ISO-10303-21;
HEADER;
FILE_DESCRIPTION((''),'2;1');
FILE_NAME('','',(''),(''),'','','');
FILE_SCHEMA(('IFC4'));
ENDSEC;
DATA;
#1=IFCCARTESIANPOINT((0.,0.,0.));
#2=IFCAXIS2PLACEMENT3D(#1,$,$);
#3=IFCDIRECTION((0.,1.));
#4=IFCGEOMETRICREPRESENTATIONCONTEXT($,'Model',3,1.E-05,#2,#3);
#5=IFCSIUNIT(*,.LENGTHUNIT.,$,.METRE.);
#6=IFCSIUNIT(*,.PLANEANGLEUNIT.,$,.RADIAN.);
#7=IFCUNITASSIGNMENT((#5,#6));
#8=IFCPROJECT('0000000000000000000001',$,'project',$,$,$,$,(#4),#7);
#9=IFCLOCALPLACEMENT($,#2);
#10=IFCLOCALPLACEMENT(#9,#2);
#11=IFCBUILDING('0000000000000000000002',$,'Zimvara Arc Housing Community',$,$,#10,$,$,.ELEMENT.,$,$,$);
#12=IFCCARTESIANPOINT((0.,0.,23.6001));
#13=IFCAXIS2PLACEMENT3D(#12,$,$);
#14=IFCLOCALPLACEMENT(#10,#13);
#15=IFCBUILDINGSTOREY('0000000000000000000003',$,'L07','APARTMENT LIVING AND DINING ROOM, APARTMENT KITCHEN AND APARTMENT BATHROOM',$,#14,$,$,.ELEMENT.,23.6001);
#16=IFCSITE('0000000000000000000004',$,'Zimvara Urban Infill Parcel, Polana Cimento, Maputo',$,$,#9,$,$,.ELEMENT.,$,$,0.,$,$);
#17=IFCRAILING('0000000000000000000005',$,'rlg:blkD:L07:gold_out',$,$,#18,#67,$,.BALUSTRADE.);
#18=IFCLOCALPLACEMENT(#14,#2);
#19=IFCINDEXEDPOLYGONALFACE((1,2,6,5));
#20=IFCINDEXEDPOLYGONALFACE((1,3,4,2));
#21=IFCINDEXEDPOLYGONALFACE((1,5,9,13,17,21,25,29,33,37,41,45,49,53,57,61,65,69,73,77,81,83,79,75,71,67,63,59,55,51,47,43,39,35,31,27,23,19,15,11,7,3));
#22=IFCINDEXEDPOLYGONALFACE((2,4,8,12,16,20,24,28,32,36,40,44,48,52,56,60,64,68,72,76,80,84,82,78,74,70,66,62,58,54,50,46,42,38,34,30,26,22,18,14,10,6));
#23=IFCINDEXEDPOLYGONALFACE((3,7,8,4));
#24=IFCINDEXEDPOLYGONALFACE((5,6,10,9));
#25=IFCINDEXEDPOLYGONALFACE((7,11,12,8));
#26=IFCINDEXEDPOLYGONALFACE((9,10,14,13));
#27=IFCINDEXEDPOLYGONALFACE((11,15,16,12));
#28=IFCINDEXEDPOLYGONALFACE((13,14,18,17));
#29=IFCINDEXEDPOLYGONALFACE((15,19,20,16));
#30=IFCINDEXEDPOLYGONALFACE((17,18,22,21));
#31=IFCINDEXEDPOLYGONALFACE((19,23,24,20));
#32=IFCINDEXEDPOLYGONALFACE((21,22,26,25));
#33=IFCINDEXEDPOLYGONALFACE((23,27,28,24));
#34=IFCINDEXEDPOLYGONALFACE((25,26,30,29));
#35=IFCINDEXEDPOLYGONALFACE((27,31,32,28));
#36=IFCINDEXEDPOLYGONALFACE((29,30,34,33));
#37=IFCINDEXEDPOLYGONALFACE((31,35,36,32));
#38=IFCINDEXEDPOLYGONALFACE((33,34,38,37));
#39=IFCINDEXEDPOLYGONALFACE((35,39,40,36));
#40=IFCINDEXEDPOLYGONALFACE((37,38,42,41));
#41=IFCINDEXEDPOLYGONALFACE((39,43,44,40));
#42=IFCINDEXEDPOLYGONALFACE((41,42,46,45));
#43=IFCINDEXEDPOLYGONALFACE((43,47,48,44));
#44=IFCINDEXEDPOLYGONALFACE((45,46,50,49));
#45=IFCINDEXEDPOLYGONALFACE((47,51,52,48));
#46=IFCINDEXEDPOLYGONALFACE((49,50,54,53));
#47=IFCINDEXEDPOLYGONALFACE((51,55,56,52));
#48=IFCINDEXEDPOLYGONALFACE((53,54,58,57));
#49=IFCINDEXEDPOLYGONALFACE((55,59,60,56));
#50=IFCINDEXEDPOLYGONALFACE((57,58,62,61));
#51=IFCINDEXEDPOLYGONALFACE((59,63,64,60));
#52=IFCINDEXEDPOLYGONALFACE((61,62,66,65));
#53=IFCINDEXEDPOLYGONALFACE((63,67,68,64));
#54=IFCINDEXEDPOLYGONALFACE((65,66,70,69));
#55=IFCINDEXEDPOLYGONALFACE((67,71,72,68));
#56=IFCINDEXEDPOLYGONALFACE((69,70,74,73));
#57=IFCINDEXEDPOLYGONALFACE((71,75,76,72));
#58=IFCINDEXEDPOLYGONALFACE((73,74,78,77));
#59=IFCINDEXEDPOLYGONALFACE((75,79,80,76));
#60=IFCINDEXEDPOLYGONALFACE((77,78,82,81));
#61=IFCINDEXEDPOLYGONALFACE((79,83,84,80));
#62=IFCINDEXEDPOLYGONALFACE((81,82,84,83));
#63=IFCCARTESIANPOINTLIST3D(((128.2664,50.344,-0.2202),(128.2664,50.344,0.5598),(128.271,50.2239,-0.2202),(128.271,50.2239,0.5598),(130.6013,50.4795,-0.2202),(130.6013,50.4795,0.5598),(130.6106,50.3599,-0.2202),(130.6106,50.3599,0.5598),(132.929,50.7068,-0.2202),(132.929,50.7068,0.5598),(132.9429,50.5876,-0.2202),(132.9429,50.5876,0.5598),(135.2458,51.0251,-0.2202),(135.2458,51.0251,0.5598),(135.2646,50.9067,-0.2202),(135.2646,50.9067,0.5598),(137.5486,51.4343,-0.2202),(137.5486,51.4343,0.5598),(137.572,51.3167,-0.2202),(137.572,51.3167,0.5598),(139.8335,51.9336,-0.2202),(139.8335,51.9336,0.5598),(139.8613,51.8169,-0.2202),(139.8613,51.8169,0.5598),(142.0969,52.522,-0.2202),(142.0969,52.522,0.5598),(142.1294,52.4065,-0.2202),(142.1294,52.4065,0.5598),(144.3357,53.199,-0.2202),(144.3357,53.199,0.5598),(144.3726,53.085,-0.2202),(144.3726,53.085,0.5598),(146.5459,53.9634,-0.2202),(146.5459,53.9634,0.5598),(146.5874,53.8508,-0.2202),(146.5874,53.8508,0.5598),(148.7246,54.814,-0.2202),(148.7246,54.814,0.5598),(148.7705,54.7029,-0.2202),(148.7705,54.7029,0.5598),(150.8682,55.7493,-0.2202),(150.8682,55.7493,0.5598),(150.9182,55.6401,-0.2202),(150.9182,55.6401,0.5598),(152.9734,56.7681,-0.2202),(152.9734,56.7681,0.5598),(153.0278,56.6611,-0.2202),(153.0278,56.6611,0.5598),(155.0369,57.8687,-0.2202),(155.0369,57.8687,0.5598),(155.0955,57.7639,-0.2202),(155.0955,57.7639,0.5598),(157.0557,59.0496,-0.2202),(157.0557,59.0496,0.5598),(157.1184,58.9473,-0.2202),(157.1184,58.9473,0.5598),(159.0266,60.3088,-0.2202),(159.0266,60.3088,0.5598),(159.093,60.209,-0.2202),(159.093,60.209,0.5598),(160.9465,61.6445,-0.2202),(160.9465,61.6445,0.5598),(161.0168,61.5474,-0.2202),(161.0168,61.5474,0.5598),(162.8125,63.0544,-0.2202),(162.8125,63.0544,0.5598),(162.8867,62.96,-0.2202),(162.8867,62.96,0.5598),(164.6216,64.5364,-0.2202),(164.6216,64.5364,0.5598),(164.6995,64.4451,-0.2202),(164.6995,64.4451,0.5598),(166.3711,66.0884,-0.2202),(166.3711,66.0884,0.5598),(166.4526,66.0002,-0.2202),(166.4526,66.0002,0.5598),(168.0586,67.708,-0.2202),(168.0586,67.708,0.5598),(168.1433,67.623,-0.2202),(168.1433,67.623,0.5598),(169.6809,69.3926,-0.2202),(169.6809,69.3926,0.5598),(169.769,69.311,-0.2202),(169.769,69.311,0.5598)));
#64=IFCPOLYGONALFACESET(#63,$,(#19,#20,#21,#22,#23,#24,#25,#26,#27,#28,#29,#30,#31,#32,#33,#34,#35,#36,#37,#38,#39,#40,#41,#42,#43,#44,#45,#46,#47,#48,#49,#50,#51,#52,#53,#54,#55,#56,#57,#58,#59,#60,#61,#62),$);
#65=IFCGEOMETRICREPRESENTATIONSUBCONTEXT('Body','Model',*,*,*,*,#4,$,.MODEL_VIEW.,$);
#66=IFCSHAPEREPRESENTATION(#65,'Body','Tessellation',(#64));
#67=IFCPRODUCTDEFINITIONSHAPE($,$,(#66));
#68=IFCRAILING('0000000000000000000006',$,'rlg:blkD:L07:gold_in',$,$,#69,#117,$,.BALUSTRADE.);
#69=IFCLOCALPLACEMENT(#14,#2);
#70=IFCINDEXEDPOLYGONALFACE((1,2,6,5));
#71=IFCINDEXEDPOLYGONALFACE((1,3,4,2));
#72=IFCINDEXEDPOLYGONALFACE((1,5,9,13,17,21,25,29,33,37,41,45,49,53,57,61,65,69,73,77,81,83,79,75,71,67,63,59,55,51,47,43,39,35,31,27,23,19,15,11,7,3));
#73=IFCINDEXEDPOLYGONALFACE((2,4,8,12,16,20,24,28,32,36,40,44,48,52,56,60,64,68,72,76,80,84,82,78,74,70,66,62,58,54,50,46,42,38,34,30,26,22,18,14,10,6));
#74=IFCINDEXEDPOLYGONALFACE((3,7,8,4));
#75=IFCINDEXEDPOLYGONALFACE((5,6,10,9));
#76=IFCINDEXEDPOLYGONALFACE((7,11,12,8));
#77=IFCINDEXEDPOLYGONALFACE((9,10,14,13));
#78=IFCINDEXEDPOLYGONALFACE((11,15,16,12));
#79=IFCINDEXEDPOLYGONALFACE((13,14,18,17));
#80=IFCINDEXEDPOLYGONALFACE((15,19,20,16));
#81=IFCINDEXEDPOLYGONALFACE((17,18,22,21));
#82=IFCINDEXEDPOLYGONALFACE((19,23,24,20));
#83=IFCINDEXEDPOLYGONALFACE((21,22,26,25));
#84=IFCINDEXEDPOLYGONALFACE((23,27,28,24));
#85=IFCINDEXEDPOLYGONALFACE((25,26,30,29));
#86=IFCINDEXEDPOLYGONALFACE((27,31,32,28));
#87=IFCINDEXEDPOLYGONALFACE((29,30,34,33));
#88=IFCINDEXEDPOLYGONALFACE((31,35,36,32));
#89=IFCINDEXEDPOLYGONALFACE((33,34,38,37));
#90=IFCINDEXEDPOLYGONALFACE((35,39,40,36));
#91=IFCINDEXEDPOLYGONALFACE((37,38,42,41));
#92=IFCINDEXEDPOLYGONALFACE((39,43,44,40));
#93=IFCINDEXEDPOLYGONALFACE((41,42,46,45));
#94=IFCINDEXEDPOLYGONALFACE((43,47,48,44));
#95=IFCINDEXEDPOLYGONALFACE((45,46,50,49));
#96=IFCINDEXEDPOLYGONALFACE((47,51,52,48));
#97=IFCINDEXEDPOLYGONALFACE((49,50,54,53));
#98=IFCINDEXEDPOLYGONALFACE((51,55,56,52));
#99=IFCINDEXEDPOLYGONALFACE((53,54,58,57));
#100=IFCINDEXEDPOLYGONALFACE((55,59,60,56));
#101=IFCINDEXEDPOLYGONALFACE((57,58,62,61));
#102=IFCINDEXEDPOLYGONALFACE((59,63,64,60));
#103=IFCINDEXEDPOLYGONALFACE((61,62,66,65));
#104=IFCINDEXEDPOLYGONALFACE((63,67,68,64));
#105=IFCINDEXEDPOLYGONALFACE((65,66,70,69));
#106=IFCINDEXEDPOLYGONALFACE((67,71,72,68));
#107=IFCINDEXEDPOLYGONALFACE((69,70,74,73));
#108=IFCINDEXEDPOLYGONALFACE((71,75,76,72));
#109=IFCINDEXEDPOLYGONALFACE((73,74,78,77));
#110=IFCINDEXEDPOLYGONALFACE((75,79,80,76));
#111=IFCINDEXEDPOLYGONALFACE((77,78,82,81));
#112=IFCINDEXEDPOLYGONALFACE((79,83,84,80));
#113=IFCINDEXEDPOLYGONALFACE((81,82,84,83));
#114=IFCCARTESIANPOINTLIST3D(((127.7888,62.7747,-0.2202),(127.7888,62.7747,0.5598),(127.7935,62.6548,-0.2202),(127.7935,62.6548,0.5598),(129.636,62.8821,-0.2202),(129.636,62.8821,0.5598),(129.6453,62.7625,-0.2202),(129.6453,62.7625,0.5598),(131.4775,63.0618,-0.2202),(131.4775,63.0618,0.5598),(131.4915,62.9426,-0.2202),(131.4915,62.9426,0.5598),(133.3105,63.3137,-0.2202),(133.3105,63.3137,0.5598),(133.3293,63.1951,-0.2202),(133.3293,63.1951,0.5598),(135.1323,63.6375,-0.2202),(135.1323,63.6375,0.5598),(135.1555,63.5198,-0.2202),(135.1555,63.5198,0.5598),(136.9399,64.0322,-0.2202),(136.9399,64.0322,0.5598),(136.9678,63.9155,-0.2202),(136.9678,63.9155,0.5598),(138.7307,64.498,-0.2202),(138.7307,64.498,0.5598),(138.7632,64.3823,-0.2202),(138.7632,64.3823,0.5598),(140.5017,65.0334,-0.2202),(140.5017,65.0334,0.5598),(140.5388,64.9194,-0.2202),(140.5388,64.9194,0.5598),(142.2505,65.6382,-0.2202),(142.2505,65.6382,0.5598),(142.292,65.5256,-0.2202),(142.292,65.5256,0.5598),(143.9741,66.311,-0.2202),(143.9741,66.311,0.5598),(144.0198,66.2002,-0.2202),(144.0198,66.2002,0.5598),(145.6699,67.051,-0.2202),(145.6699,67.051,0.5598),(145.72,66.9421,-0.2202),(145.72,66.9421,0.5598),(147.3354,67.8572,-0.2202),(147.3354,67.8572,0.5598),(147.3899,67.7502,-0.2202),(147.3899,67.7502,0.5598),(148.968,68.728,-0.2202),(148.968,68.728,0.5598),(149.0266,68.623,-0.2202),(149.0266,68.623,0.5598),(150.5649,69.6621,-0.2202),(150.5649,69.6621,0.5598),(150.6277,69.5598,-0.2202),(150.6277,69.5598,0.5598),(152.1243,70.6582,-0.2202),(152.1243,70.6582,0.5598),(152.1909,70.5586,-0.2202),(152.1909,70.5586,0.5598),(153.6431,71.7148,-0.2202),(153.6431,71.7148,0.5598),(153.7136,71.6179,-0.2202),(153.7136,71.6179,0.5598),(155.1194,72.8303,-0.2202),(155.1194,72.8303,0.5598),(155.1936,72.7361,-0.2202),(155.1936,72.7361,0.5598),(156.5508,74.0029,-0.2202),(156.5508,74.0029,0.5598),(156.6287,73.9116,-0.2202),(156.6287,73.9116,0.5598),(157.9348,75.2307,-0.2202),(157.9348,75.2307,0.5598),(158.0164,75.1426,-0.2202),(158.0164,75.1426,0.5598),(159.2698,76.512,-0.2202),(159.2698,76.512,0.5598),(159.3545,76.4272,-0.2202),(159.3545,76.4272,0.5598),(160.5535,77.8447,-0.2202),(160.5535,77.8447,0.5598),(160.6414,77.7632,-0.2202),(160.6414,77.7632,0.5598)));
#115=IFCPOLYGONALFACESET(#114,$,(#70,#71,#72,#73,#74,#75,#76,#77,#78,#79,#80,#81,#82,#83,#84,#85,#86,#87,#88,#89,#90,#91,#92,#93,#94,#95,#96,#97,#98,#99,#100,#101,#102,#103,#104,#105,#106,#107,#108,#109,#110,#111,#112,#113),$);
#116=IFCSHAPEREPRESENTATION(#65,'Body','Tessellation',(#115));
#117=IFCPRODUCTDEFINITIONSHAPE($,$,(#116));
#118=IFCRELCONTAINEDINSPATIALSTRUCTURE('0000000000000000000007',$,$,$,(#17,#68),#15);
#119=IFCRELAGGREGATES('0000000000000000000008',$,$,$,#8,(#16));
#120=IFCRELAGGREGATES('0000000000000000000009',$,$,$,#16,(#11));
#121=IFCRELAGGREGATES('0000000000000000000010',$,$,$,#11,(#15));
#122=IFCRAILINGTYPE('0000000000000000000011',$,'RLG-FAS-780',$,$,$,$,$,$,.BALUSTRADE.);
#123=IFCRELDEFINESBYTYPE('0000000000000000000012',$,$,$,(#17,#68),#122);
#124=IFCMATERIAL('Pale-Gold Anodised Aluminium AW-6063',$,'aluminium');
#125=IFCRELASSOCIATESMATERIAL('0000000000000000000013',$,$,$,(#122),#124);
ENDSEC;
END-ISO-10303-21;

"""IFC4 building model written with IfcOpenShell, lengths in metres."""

from ifc_helpers import new_model, si_unit, direction, frame, origin, place, context, subcontext, project, spatial, polyline, outline, extrude, material, type_object, element, save


model = new_model("IFC4")

# Units and contexts
model_context = context("Model", 3, precision=1e-05, world=origin(), true_north=direction((0.0, 1.0)))
body_context = subcontext(model_context, "Body", "Model", "MODEL_VIEW")
ifc_project = project(units=[si_unit("LENGTHUNIT", "METRE"), si_unit("PLANEANGLEUNIT", "RADIAN")], contexts=[model_context])

# Site, building, storey
site_placement = place(None, origin())
site = spatial("IfcSite", under=ifc_project, at=site_placement, Name="Zimvara Urban Infill Parcel, Polana Cimento, Maputo", CompositionType="ELEMENT", RefElevation=0.0)
building_placement = place(site_placement, origin())
building = spatial("IfcBuilding", under=site, at=building_placement, Name="Zimvara Arc Housing Community", CompositionType="ELEMENT")
storey_placement = place(building_placement, frame((0.0, 0.0, 23.6001)))
storey = spatial("IfcBuildingStorey", under=building, at=storey_placement, Name="L07", Description="APARTMENT LIVING AND DINING ROOM, APARTMENT KITCHEN AND APARTMENT BATHROOM", CompositionType="ELEMENT", Elevation=23.6001)

# Railings
ifc_material_1 = material(Name="Pale-Gold Anodised Aluminium AW-6063", Category="aluminium")
railing_type = type_object("IfcRailingType", Name="RLG-FAS-780", PredefinedType="BALUSTRADE", material=ifc_material_1)
railing_1_placement = place(storey_placement, frame((0.0, 0.0, -0.2202)))
element("IfcRailing", 1, at=railing_1_placement, inside=storey, type_object=railing_type, Name="rlg:blkD:L07:gold_out", PredefinedType="BALUSTRADE", context=body_context, shape_type="SweptSolid", body=[
    extrude(outline(polyline([(128.271, 50.2239), (130.6106, 50.3599), (132.9429, 50.5876), (135.2646, 50.9067), (137.572, 51.3167), (139.8613, 51.8169), (142.1294, 52.4065), (144.3726, 53.085), (146.5874, 53.8508), (148.7705, 54.7029), (150.9182, 55.6401), (153.0278, 56.6611), (155.0955, 57.7639), (157.1184, 58.9473), (159.093, 60.209), (161.0168, 61.5474), (162.8867, 62.96), (164.6995, 64.4451), (166.4526, 66.0002), (168.1433, 67.623), (169.769, 69.311), (169.6809, 69.3926), (168.0586, 67.708), (166.3711, 66.0884), (164.6216, 64.5364), (162.8125, 63.0544), (160.9465, 61.6445), (159.0266, 60.3088), (157.0557, 59.0496), (155.0369, 57.8687), (152.9734, 56.7681), (150.8682, 55.7493), (148.7246, 54.814), (146.5459, 53.9634), (144.3357, 53.199), (142.0969, 52.522), (139.8335, 51.9336), (137.5486, 51.4343), (135.2458, 51.0251), (132.929, 50.7068), (130.6013, 50.4795), (128.2664, 50.344), (128.271, 50.2239)])), origin(), (0.0, 0.0, 1.0), 0.78),
])
railing_2_placement = place(storey_placement, frame((0.0, 0.0, -0.2202)))
element("IfcRailing", 2, at=railing_2_placement, inside=storey, type_object=railing_type, Name="rlg:blkD:L07:gold_in", PredefinedType="BALUSTRADE", context=body_context, shape_type="SweptSolid", body=[
    extrude(outline(polyline([(127.7935, 62.6548), (129.6453, 62.7625), (131.4915, 62.9426), (133.3293, 63.1951), (135.1555, 63.5198), (136.9678, 63.9155), (138.7632, 64.3823), (140.5388, 64.9194), (142.292, 65.5256), (144.0198, 66.2002), (145.72, 66.9421), (147.3899, 67.7502), (149.0266, 68.623), (150.6277, 69.5598), (152.1909, 70.5586), (153.7136, 71.6179), (155.1936, 72.7361), (156.6287, 73.9116), (158.0164, 75.1426), (159.3545, 76.4272), (160.6414, 77.7632), (160.5535, 77.8447), (159.2698, 76.512), (157.9348, 75.2307), (156.5508, 74.0029), (155.1194, 72.8303), (153.6431, 71.7148), (152.1243, 70.6582), (150.5649, 69.6621), (148.968, 68.728), (147.3354, 67.8572), (145.6699, 67.051), (143.9741, 66.311), (142.2505, 65.6382), (140.5017, 65.0334), (138.7307, 64.498), (136.9399, 64.0322), (135.1323, 63.6375), (133.3105, 63.3137), (131.4775, 63.0618), (129.636, 62.8821), (127.7888, 62.7747), (127.7935, 62.6548)])), origin(), (0.0, 0.0, 1.0), 0.78),
])

save(model, "model.ifc")
